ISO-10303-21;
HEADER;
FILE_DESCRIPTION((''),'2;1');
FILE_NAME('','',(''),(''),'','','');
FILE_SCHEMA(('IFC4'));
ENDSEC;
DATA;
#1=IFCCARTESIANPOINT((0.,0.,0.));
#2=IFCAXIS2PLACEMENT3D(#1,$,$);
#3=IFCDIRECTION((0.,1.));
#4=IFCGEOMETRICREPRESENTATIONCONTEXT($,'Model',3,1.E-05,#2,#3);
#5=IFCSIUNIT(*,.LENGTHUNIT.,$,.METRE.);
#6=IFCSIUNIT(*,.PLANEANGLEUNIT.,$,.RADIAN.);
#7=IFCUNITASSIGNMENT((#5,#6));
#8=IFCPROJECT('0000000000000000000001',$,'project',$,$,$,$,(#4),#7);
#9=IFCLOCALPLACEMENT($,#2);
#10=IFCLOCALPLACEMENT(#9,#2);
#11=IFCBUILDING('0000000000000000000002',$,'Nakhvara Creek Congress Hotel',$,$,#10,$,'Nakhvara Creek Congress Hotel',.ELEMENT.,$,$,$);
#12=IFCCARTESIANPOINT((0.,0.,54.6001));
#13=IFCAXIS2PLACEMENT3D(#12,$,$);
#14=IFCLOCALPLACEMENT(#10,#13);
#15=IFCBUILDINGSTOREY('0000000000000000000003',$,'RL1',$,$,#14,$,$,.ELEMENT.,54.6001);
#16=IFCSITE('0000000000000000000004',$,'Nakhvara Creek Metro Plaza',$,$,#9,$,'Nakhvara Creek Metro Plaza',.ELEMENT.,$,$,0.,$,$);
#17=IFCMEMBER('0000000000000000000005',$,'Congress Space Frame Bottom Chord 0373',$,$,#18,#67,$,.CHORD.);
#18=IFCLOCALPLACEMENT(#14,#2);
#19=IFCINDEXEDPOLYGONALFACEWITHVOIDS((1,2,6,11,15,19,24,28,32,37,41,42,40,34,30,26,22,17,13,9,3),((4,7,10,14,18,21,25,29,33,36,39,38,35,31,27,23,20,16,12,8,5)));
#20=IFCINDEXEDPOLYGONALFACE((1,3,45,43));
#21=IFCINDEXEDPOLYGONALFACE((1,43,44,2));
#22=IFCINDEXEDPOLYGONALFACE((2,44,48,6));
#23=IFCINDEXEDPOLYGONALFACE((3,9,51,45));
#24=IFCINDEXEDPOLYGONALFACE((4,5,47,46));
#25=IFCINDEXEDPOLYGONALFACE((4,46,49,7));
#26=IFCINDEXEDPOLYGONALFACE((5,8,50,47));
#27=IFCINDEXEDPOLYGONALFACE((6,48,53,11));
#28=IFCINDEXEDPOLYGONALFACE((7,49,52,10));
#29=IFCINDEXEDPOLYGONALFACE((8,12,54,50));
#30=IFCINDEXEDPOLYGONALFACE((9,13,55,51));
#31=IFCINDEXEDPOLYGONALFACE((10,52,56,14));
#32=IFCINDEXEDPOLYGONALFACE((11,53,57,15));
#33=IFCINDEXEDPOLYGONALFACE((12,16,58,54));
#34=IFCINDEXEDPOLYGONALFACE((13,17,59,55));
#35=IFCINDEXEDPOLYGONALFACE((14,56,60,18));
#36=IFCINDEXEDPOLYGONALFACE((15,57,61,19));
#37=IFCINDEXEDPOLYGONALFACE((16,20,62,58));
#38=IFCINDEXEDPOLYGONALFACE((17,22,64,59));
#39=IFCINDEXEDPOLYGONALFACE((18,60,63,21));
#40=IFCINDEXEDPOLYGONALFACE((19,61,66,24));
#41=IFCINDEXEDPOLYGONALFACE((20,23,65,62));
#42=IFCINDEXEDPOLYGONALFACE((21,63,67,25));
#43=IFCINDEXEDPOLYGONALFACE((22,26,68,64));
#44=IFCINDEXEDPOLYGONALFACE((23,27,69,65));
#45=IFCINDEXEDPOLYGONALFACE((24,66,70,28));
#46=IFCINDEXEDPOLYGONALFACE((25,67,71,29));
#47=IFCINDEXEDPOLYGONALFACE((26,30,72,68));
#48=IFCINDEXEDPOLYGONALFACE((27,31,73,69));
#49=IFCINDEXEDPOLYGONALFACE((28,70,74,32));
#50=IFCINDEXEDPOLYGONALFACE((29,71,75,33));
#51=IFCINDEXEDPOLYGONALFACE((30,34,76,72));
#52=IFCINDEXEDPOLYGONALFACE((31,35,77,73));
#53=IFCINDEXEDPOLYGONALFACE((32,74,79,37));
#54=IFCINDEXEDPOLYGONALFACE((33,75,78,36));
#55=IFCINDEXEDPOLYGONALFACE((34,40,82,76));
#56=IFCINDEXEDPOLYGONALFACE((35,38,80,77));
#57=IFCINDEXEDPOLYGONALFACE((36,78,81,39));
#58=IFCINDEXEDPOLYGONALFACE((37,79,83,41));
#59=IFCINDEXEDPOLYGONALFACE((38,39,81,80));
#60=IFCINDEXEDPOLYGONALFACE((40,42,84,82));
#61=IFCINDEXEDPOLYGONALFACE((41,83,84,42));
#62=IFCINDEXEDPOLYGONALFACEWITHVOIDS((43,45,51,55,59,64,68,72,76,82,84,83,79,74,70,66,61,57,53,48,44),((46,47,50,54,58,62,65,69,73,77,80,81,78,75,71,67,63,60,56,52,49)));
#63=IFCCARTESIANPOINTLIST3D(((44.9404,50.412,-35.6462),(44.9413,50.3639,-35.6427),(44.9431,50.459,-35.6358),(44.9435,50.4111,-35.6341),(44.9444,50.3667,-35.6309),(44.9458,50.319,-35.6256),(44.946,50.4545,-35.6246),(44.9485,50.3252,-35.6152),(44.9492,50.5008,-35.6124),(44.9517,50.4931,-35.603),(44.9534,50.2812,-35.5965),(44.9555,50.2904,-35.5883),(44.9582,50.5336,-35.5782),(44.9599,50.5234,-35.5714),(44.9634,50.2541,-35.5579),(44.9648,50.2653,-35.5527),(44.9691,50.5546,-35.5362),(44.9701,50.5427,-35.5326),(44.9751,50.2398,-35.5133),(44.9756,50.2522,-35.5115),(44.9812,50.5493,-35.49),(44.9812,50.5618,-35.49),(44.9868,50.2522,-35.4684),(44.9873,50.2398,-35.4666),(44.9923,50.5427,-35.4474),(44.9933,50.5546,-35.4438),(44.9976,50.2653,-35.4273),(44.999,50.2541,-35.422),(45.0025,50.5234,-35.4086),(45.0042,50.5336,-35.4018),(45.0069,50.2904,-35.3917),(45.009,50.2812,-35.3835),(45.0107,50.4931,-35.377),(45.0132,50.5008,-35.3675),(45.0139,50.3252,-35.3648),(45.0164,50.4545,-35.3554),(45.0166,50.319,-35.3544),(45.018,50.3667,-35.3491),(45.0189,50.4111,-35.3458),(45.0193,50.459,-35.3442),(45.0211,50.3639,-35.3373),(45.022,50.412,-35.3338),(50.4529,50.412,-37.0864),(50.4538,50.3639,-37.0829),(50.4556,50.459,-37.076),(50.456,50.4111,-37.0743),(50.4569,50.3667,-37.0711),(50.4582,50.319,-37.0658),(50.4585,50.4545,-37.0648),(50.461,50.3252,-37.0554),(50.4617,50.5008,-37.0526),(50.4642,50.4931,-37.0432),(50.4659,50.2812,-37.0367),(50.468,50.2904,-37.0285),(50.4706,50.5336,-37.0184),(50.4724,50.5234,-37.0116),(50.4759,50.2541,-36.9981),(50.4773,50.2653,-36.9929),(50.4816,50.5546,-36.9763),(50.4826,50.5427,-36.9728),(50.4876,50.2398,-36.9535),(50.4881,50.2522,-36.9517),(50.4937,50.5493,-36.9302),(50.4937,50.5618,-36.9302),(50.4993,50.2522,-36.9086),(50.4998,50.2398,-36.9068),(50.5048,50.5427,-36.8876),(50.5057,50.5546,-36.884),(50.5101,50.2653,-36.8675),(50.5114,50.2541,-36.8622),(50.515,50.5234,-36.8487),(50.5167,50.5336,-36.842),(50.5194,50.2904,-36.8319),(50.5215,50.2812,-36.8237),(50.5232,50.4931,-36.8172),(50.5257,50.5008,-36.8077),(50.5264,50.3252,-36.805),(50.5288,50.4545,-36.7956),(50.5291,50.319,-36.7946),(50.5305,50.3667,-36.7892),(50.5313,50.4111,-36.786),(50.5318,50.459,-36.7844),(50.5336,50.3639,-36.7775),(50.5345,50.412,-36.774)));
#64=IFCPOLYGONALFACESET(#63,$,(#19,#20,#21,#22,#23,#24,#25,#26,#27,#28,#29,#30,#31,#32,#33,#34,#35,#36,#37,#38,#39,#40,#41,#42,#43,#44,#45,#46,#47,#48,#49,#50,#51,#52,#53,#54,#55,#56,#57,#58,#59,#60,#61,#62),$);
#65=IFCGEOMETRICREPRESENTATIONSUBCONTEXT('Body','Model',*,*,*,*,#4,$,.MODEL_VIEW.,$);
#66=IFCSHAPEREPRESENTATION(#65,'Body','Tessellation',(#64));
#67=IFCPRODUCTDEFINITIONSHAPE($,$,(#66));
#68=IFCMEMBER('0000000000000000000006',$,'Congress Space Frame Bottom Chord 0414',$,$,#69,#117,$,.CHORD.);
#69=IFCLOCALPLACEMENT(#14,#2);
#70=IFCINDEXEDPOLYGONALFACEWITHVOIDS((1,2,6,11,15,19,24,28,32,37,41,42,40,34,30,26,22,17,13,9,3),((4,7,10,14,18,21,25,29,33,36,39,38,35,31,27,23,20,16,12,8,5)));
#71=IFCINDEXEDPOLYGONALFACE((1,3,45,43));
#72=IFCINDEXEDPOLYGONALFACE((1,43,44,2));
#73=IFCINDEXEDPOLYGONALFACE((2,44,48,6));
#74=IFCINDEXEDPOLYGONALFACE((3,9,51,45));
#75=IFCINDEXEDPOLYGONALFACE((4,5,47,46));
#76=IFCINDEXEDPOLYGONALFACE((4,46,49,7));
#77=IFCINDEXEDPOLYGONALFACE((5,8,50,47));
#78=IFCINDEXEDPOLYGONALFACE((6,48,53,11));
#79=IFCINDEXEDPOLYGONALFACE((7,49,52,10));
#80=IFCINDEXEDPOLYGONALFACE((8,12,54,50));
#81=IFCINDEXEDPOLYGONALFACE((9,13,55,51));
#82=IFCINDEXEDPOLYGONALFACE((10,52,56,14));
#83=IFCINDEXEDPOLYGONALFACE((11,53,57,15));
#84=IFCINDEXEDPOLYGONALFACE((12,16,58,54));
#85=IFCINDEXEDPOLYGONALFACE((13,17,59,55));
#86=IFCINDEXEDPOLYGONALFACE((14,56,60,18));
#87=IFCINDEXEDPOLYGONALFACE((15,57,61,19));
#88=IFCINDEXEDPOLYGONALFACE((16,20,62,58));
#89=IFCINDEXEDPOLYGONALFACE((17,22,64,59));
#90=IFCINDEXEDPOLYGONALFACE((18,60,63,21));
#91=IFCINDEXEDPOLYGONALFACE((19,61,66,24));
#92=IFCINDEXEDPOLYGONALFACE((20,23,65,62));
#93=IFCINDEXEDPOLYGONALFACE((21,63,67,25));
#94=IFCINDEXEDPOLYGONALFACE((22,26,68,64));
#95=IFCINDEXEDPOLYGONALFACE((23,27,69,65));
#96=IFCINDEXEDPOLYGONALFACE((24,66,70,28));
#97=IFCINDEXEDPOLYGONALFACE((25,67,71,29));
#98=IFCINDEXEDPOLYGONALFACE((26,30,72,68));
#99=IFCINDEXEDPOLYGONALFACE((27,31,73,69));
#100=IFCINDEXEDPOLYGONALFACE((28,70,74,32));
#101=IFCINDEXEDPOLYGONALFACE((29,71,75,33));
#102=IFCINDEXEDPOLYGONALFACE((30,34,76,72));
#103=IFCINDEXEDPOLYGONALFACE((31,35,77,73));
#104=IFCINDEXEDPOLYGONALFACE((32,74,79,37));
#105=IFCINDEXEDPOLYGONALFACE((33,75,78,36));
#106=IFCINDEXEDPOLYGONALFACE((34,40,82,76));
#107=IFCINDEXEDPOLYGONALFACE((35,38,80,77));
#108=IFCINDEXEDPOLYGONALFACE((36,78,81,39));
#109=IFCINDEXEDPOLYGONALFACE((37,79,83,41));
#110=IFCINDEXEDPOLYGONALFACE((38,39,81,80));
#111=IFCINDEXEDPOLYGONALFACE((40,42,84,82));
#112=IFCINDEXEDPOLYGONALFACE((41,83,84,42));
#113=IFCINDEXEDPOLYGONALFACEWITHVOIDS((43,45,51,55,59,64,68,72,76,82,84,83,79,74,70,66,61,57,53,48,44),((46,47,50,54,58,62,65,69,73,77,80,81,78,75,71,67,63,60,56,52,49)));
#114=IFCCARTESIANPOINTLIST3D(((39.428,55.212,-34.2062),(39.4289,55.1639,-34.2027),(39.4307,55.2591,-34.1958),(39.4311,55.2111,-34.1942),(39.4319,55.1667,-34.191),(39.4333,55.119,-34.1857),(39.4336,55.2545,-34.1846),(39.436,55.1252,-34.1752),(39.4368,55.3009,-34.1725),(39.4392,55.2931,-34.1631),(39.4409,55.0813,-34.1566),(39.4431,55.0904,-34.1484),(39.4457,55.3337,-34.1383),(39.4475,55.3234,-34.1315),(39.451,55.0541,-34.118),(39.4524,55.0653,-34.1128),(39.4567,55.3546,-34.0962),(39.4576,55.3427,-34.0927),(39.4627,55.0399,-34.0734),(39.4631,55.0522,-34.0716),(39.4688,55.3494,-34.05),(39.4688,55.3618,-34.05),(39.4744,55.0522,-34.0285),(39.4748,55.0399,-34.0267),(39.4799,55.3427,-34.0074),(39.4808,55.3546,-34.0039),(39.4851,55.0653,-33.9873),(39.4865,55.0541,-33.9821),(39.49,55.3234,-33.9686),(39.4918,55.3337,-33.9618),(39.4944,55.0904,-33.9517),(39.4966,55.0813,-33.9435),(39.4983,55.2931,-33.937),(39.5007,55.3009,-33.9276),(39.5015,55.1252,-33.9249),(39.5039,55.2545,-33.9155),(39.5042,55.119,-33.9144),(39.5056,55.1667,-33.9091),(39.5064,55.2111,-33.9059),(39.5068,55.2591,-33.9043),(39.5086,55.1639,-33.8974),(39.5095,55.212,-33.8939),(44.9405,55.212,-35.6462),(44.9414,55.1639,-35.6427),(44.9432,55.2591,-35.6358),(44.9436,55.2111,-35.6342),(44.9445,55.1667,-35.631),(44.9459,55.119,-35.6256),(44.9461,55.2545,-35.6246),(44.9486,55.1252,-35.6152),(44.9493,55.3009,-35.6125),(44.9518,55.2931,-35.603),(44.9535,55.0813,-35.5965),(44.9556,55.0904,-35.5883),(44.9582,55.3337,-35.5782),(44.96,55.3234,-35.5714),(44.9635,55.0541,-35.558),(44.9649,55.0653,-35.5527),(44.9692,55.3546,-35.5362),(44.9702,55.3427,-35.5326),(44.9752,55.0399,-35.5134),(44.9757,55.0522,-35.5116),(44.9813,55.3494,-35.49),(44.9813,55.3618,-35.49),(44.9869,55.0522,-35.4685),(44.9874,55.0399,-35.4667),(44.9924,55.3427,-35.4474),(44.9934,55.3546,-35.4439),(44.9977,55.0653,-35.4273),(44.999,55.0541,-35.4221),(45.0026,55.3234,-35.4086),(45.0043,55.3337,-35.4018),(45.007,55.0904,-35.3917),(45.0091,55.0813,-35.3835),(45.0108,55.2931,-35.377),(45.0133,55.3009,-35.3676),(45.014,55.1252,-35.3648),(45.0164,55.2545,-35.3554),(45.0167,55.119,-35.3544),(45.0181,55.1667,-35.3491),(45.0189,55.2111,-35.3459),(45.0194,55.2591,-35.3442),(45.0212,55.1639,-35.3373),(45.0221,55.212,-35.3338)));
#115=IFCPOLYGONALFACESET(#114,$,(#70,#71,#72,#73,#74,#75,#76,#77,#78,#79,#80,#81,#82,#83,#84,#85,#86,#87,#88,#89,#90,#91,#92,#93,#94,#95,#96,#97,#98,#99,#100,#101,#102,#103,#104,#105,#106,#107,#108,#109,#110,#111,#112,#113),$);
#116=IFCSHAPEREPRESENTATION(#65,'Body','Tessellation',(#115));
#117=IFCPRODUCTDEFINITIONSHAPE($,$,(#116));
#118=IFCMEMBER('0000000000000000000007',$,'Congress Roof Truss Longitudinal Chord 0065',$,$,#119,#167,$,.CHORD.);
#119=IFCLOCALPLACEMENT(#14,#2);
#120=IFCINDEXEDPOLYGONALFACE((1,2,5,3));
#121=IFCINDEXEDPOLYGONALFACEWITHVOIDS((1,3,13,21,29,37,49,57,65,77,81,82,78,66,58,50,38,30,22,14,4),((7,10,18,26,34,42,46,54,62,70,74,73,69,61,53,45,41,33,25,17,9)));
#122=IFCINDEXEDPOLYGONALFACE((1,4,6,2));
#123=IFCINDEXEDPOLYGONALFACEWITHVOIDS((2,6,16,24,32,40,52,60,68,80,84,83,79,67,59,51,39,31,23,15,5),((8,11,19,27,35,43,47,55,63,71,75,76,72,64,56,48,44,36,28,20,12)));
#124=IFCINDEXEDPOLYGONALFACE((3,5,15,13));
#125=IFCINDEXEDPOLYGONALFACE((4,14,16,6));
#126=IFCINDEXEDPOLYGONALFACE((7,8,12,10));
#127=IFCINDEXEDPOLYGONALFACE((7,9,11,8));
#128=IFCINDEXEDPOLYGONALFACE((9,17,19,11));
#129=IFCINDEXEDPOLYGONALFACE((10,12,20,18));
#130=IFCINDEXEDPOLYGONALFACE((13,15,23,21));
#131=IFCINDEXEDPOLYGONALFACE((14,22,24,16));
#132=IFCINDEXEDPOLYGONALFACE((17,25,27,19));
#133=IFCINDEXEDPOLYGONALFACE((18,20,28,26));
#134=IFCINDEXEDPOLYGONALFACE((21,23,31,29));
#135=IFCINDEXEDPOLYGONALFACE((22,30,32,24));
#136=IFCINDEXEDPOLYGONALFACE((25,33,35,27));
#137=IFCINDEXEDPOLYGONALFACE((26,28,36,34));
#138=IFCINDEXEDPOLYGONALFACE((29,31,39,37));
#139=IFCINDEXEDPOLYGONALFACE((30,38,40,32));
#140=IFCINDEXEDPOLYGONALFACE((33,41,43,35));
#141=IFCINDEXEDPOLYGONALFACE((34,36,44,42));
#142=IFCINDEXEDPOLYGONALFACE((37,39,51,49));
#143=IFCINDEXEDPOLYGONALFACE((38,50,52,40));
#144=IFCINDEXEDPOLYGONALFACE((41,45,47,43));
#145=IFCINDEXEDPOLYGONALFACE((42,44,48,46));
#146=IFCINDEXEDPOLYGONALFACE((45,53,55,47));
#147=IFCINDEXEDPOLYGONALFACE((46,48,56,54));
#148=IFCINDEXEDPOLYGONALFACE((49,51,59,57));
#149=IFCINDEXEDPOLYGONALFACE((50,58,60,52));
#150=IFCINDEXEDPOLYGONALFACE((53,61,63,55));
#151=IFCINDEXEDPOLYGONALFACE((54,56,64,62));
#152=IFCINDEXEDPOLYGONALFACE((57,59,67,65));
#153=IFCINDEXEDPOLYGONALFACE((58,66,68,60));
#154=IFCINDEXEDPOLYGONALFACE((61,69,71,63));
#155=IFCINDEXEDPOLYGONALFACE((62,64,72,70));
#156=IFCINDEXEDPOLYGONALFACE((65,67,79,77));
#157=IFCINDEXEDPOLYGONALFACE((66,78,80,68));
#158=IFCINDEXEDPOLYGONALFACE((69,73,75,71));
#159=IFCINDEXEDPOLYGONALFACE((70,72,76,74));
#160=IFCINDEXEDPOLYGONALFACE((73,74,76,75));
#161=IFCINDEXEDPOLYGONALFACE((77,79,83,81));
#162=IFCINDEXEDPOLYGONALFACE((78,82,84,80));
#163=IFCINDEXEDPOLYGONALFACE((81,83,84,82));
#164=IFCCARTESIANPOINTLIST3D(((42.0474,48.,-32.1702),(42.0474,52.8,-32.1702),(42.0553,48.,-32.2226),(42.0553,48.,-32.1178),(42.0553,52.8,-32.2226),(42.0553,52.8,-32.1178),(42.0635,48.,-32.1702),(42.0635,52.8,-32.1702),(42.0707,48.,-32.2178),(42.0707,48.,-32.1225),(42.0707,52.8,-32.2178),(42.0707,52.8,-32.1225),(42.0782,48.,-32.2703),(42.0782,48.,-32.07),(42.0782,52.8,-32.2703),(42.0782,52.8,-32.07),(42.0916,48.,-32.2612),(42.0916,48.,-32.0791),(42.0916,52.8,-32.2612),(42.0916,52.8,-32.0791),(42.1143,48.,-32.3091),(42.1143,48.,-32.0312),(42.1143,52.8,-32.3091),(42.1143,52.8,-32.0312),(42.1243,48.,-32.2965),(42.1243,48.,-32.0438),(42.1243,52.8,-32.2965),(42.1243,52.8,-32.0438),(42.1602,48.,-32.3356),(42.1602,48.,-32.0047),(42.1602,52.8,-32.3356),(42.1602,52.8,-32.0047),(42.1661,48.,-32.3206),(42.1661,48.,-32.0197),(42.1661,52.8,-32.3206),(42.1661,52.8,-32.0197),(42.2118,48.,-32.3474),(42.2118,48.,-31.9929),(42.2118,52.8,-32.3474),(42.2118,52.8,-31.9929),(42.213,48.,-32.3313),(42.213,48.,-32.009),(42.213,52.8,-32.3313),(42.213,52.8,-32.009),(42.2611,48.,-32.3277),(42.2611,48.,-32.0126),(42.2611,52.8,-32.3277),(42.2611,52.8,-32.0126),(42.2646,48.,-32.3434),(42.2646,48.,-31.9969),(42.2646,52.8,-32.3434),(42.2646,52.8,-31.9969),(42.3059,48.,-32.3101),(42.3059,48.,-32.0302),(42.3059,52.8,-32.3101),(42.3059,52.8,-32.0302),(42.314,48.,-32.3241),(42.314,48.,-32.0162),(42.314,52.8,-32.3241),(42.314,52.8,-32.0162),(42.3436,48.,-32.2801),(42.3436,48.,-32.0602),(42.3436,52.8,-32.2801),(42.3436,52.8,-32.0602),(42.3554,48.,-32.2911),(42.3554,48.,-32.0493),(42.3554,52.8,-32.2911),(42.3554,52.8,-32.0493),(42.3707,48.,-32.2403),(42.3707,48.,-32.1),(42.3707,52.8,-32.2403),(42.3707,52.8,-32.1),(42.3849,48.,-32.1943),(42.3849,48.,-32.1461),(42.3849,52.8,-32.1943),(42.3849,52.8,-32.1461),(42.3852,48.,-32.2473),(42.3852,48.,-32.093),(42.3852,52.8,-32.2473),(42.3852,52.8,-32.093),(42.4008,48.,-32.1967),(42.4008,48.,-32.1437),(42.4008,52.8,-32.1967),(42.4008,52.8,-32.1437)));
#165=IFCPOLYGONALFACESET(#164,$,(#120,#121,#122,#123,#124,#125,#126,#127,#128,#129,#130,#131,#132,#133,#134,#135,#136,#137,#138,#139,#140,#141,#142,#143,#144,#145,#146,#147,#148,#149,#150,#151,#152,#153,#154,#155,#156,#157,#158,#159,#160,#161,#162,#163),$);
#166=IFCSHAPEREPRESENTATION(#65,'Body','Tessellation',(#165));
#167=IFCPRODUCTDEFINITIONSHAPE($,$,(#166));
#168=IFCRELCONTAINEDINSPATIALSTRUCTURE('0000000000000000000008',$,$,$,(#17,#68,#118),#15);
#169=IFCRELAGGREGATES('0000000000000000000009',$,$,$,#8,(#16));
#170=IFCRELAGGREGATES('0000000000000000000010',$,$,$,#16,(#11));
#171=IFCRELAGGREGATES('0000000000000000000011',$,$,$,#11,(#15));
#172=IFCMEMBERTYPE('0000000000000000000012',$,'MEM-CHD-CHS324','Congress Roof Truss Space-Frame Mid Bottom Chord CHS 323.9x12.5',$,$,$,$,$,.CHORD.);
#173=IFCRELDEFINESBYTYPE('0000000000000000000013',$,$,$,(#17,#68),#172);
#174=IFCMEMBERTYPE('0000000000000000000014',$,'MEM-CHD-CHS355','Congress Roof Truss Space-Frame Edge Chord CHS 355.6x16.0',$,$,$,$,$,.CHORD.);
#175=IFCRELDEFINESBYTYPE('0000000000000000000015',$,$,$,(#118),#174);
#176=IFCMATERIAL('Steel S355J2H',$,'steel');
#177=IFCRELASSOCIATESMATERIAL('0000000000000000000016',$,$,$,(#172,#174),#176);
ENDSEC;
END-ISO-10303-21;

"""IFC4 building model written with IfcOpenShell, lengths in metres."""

from ifc_helpers import new_model, si_unit, direction, frame, origin, origin_2d, place, context, subcontext, project, spatial, hollow_circle, extrude, material, material_profile, profile_set, type_object, element, save


model = new_model("IFC4")

# Units and contexts
model_context = context("Model", 3, precision=1e-05, world=origin(), true_north=direction((0.0, 1.0)))
body_context = subcontext(model_context, "Body", "Model", "MODEL_VIEW")
ifc_project = project(units=[si_unit("LENGTHUNIT", "METRE"), si_unit("PLANEANGLEUNIT", "RADIAN")], contexts=[model_context])

# Site, building, storey
site_placement = place(None, origin())
site = spatial("IfcSite", under=ifc_project, at=site_placement, Name="Nakhvara Creek Metro Plaza", LongName="Nakhvara Creek Metro Plaza", CompositionType="ELEMENT", RefElevation=0.0)
building_placement = place(site_placement, origin())
building = spatial("IfcBuilding", under=site, at=building_placement, Name="Nakhvara Creek Congress Hotel", LongName="Nakhvara Creek Congress Hotel", CompositionType="ELEMENT")
storey_placement = place(building_placement, frame((0.0, 0.0, 54.6001)))
storey = spatial("IfcBuildingStorey", under=building, at=storey_placement, Name="RL1", CompositionType="ELEMENT", Elevation=54.6001)

# Members
ifc_material_1 = material(Name="Steel S355J2H", Category="steel")
ifc_material_profile_1 = material_profile(ifc_material_1, hollow_circle(Radius=0.1619, WallThickness=0.0125, at=origin_2d()), Name="CHS 323.9x12.5", Category="LoadBearing")
ifc_profile_set_1 = profile_set([ifc_material_profile_1], Name="Steel S355J2H")
member_type_1 = type_object("IfcMemberType", Name="MEM-CHD-CHS324", Description="Congress Roof Truss Space-Frame Mid Bottom Chord CHS 323.9x12.5", PredefinedType="CHORD", material=ifc_profile_set_1)
for number, where, z_axis, x_axis, name in (
    (1, (44.9812, 50.3999, -35.49), (0.967525, 0.0, -0.252776), (0.0, 1.0, 0.0), "Congress Space Frame Bottom Chord 0373"),
    (2, (39.4688, 55.2, -34.05), (0.967535, 0.0, -0.252736), (0.0, 1.0, 0.0), "Congress Space Frame Bottom Chord 0414"),
):
    element("IfcMember", number, at=place(storey_placement, frame(where, z_axis=z_axis, x_axis=x_axis)), inside=storey, type_object=member_type_1, Name=name, PredefinedType="CHORD", context=body_context, shape_type="SweptSolid", body=[
        extrude(hollow_circle(Radius=0.1619, WallThickness=0.0125, at=origin_2d()), origin(), (0.0, 0.0, 1.0), 5.6975),
    ])
ifc_material_profile_2 = material_profile(ifc_material_1, hollow_circle(Radius=0.1777, WallThickness=0.0161, at=origin_2d()), Name="CHS 355.6x16.0", Category="LoadBearing")
ifc_profile_set_2 = profile_set([ifc_material_profile_2], Name="Steel S355J2H")
member_type_2 = type_object("IfcMemberType", Name="MEM-CHD-CHS355", Description="Congress Roof Truss Space-Frame Edge Chord CHS 355.6x16.0", PredefinedType="CHORD", material=ifc_profile_set_2)
for number, where, z_axis, x_axis, name in (
    (3, (42.2251, 48.0, -32.1702), (0.0, 1.0, 0.0), (-1.0, 0.0, 0.0), "Congress Roof Truss Longitudinal Chord 0065"),
):
    element("IfcMember", number, at=place(storey_placement, frame(where, z_axis=z_axis, x_axis=x_axis)), inside=storey, type_object=member_type_2, Name=name, PredefinedType="CHORD", context=body_context, shape_type="SweptSolid", body=[
        extrude(hollow_circle(Radius=0.1777, WallThickness=0.0161, at=origin_2d()), origin(), (0.0, 0.0, 1.0), 4.8),
    ])

save(model, "model.ifc")
